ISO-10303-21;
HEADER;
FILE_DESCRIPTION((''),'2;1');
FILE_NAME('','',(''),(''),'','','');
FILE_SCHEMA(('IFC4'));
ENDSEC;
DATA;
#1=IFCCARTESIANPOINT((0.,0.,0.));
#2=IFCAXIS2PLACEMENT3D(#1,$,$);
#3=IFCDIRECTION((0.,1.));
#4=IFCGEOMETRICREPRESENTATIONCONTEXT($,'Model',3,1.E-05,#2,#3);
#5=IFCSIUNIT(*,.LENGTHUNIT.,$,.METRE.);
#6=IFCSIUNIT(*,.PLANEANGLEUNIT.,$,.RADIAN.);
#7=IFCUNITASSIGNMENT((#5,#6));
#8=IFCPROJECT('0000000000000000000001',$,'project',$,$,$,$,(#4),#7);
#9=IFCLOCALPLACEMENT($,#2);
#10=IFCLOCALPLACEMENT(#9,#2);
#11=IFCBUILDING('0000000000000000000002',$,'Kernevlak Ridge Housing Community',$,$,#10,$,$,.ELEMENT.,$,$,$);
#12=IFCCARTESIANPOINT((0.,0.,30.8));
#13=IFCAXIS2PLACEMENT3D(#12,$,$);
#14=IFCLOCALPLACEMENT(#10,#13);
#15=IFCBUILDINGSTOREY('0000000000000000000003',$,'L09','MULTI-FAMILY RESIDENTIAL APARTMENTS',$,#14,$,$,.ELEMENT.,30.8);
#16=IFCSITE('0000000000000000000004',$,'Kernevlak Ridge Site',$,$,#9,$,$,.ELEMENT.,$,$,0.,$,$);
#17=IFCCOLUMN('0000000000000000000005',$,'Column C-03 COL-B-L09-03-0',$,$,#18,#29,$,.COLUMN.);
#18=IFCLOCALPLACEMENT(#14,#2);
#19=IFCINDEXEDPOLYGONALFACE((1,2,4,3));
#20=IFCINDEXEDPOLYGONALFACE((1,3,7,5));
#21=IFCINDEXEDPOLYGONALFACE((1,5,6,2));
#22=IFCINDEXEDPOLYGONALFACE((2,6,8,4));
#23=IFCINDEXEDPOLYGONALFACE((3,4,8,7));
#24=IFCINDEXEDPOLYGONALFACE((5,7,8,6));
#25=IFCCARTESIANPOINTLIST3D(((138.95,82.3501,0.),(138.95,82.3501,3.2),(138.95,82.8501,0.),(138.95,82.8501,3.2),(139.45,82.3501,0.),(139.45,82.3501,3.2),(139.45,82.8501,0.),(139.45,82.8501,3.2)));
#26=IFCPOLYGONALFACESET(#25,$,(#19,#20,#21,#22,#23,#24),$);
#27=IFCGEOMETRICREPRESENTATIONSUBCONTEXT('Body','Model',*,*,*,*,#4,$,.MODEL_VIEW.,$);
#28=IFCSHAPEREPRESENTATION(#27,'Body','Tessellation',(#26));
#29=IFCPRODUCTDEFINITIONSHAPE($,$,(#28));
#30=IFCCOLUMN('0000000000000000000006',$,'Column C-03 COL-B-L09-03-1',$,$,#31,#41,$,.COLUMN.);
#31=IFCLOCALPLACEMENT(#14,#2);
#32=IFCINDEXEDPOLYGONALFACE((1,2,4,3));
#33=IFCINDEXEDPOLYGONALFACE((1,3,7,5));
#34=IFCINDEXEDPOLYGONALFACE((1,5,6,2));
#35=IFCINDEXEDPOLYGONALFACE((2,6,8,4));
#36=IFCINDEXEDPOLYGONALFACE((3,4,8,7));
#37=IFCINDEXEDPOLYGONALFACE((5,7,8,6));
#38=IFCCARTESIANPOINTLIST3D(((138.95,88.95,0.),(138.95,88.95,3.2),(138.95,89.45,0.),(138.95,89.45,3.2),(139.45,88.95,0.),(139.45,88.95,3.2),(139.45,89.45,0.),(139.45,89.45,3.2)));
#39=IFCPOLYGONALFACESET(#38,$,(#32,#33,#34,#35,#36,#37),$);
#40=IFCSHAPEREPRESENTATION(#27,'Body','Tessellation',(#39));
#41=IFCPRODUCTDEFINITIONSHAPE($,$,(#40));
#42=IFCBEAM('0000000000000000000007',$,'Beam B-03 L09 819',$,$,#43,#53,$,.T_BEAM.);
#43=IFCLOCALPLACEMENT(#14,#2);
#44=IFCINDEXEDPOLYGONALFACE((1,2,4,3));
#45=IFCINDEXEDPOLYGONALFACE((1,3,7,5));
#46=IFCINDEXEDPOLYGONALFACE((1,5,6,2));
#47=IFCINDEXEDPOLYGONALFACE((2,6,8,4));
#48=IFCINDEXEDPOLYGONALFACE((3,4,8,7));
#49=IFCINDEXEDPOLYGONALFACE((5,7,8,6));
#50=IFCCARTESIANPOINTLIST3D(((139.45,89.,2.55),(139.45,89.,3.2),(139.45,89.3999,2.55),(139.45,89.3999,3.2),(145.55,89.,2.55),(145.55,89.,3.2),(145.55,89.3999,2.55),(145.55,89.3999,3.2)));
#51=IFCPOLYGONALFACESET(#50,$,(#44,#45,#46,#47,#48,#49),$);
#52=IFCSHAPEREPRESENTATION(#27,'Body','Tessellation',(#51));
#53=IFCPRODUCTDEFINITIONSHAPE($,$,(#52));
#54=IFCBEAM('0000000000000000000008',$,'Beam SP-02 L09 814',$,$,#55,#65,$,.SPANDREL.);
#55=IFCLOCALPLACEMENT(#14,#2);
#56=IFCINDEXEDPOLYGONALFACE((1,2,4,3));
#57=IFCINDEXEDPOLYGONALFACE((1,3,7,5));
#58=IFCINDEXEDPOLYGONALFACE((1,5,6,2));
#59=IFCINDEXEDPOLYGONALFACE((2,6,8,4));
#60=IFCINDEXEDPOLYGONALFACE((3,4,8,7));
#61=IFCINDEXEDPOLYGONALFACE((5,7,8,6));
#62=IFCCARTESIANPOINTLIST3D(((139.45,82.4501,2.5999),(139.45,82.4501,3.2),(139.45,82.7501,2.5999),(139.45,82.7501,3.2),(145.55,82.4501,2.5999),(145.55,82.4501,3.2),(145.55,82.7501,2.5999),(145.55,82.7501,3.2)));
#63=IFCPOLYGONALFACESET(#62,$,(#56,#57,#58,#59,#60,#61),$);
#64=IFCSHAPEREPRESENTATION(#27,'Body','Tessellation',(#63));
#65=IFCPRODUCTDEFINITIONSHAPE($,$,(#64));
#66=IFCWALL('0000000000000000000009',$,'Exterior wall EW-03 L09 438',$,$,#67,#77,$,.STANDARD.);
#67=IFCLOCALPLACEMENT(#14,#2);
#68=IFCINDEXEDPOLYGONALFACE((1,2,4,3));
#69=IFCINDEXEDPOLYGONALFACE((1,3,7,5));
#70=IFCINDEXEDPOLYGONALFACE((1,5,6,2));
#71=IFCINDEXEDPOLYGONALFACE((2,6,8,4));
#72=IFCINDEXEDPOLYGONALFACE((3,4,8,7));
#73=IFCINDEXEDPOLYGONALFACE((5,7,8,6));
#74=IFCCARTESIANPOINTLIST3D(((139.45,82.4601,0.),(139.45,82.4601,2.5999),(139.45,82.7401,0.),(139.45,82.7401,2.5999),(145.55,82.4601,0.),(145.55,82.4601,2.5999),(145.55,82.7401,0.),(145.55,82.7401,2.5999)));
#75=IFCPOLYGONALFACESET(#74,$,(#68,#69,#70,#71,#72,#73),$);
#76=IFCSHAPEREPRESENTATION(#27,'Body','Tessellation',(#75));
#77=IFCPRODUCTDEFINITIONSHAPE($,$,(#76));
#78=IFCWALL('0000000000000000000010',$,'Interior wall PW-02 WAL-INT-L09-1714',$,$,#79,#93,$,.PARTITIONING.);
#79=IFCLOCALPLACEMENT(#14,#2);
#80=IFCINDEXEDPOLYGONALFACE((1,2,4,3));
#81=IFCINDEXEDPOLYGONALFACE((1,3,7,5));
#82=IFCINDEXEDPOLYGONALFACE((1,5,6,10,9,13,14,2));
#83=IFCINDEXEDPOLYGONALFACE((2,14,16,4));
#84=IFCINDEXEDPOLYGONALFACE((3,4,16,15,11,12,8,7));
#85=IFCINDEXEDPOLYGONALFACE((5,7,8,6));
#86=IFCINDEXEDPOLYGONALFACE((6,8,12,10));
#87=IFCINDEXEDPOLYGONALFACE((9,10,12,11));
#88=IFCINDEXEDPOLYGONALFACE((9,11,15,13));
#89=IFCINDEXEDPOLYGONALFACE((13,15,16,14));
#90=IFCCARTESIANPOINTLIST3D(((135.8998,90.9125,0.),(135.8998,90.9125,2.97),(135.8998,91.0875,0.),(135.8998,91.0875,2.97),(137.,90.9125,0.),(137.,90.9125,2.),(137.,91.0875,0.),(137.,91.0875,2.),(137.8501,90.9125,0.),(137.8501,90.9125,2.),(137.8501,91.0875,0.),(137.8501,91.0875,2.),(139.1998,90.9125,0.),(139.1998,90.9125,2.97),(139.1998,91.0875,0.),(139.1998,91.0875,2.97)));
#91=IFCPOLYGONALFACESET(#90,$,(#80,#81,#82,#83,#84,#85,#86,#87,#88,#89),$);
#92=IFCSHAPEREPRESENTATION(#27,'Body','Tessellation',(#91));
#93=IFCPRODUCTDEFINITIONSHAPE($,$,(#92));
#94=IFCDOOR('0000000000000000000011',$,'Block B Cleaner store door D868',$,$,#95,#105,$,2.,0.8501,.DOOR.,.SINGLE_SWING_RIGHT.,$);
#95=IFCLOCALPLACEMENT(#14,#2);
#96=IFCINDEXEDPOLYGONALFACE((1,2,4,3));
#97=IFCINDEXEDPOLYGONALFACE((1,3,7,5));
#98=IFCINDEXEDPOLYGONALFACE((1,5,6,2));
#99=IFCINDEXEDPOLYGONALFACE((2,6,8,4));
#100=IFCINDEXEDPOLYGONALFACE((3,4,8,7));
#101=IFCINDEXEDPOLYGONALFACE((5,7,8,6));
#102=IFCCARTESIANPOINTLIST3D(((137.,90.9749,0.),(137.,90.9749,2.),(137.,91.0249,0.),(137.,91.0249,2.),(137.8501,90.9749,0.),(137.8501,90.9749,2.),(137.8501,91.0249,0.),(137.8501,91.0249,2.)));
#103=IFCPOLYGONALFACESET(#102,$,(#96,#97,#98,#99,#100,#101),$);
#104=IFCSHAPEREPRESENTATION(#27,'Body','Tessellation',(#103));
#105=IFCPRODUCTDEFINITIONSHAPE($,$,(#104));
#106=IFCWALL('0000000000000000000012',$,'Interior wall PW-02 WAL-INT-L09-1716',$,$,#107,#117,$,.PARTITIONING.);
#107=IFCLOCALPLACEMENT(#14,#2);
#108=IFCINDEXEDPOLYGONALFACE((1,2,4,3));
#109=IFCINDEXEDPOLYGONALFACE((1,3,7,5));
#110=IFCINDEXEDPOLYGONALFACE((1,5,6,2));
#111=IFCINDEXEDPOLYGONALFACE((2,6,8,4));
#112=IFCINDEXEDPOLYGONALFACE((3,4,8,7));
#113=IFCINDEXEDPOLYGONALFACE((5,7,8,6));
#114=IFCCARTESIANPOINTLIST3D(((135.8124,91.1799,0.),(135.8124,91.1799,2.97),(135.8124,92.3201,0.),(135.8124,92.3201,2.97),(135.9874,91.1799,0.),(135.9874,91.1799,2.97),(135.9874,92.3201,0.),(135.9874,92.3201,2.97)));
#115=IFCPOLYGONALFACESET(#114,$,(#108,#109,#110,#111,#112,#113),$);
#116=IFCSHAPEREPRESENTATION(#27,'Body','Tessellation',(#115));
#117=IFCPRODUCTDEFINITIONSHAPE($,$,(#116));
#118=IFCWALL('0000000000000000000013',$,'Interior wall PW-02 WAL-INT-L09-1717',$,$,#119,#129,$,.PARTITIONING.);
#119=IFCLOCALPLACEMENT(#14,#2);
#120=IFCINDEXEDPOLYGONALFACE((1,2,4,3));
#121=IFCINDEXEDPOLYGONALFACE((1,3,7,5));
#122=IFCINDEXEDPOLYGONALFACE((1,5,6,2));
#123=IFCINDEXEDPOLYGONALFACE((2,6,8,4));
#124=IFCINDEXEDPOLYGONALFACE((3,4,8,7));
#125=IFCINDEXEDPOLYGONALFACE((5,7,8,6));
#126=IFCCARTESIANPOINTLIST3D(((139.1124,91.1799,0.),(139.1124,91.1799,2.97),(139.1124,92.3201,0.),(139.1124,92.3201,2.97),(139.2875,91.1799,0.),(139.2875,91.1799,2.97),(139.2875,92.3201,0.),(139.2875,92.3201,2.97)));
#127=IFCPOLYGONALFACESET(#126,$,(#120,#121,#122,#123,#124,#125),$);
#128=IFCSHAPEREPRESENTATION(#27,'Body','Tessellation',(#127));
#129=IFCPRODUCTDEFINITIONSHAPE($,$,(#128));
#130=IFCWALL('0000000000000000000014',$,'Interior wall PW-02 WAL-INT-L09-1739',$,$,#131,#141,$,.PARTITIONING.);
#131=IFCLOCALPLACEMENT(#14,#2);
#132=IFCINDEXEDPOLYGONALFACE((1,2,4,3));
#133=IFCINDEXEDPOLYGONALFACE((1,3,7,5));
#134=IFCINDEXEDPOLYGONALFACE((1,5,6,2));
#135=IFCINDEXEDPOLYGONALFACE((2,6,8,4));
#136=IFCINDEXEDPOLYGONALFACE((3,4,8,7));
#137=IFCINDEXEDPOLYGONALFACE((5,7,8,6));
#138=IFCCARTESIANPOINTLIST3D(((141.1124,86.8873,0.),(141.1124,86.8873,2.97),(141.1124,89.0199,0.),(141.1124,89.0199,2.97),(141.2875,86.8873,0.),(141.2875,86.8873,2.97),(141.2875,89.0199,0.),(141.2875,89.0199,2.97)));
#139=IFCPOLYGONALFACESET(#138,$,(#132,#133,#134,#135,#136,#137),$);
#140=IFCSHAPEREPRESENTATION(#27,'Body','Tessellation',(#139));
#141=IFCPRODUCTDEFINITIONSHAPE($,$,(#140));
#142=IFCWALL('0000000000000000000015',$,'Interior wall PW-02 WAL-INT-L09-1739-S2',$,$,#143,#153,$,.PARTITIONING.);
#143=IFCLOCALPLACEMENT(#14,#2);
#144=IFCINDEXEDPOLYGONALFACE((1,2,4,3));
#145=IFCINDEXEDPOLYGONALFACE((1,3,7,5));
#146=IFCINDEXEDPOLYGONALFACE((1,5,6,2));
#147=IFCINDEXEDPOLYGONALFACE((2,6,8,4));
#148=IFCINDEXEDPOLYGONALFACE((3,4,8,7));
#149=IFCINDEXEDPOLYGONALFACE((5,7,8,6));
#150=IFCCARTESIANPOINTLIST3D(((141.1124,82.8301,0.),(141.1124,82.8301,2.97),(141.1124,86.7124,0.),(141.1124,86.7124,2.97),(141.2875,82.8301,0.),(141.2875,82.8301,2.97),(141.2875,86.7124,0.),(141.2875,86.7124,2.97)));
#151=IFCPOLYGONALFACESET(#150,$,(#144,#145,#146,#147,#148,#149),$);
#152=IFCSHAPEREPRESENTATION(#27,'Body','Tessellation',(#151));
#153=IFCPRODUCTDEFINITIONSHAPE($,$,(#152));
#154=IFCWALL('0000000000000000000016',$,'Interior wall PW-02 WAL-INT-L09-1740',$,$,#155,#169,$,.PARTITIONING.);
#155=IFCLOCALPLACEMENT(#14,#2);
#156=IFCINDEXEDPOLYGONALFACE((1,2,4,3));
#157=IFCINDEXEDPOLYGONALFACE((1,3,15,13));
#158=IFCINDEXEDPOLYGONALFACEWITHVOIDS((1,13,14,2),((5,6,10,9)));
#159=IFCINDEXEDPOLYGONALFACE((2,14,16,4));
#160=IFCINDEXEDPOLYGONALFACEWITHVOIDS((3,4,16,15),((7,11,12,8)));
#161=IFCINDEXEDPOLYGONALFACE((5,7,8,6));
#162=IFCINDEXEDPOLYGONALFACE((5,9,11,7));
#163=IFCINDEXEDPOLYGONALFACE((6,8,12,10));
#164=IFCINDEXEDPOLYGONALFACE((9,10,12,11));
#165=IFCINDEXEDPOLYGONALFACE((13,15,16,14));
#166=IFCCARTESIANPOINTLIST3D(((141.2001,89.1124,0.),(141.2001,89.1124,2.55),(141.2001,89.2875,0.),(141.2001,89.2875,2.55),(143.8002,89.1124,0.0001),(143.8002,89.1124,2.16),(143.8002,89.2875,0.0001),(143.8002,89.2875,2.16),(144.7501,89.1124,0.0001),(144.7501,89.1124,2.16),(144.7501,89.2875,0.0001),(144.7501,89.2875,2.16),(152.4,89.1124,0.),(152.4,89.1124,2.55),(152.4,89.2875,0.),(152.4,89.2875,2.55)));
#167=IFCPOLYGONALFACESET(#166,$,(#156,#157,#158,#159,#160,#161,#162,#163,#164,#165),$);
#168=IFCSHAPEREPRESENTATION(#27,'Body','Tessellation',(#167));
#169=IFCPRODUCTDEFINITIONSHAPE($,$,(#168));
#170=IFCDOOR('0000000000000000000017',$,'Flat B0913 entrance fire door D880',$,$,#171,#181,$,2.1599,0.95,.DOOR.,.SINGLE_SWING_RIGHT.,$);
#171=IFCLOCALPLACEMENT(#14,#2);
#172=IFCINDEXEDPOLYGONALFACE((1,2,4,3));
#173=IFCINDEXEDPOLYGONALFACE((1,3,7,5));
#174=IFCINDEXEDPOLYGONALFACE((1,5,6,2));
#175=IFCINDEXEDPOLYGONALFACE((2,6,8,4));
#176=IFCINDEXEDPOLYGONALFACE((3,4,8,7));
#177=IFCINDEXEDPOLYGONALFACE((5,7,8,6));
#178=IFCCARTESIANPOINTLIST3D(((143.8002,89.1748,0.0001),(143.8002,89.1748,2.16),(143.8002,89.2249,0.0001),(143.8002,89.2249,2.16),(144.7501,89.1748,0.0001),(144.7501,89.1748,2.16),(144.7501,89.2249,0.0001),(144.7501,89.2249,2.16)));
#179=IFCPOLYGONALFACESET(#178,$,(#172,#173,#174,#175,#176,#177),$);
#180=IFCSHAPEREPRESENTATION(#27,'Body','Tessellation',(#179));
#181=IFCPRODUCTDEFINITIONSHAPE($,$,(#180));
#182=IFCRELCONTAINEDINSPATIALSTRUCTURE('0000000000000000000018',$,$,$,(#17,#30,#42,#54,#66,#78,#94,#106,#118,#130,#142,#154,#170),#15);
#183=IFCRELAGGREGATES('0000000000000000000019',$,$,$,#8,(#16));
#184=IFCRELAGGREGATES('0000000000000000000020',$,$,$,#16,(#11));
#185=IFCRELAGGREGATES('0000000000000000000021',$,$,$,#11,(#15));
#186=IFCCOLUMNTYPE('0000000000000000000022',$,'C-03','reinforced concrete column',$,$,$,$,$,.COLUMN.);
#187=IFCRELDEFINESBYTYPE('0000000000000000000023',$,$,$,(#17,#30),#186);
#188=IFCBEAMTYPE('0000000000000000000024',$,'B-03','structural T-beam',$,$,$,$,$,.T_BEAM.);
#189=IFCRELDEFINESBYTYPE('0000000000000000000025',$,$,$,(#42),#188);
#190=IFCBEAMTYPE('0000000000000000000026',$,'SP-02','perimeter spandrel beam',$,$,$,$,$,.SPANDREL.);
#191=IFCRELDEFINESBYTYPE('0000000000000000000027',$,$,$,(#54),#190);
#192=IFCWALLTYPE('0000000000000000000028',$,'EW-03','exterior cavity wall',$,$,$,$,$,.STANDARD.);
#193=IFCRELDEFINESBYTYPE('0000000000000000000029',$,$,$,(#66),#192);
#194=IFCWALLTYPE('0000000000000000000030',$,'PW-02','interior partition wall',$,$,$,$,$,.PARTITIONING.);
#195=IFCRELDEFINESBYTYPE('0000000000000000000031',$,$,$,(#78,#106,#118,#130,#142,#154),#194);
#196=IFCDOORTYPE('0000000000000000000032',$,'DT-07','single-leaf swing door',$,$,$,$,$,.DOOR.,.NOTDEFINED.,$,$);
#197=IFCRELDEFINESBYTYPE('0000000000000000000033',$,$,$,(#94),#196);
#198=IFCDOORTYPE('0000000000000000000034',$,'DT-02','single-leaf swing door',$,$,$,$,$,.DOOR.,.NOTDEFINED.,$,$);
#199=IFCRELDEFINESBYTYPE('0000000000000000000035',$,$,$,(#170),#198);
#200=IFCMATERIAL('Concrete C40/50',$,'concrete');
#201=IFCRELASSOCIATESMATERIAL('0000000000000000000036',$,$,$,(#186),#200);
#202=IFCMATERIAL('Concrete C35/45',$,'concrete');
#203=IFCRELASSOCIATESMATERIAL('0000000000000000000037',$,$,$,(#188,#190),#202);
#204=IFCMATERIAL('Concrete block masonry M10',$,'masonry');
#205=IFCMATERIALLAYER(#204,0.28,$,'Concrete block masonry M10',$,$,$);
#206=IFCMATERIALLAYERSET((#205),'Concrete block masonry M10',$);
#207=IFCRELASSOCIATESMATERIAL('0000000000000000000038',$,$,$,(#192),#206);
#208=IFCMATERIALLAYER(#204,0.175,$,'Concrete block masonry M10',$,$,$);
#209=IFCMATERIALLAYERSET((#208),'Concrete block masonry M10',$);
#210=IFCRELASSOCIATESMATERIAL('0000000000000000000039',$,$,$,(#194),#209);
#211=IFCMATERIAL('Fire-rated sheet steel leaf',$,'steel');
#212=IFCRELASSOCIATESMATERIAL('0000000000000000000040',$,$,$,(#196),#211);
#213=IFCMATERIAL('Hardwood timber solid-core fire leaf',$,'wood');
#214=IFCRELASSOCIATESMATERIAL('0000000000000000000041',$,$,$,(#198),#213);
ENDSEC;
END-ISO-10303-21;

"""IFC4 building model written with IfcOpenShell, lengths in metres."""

from ifc_helpers import new_model, si_unit, direction, frame, frame_2d, origin, origin_2d, place, context, subcontext, project, spatial, rectangle, extrude, material, layer, layer_set, material_profile, profile_set, type_object, element, fill, save


model = new_model("IFC4")

# Units and contexts
model_context = context("Model", 3, precision=1e-05, world=origin(), true_north=direction((0.0, 1.0)))
body_context = subcontext(model_context, "Body", "Model", "MODEL_VIEW")
ifc_project = project(units=[si_unit("LENGTHUNIT", "METRE"), si_unit("PLANEANGLEUNIT", "RADIAN")], contexts=[model_context])

# Site, building, storey
site_placement = place(None, origin())
site = spatial("IfcSite", under=ifc_project, at=site_placement, Name="Kernevlak Ridge Site", CompositionType="ELEMENT", RefElevation=0.0)
building_placement = place(site_placement, origin())
building = spatial("IfcBuilding", under=site, at=building_placement, Name="Kernevlak Ridge Housing Community", CompositionType="ELEMENT")
storey_placement = place(building_placement, frame((0.0, 0.0, 30.8)))
storey = spatial("IfcBuildingStorey", under=building, at=storey_placement, Name="L09", Description="MULTI-FAMILY RESIDENTIAL APARTMENTS", CompositionType="ELEMENT", Elevation=30.8)

# Columns
ifc_material_1 = material(Name="Concrete C40/50", Category="concrete")
ifc_material_profile_1 = material_profile(ifc_material_1, rectangle(XDim=0.5, YDim=0.5, at=origin_2d()), Name="RC 500x500")
ifc_profile_set_1 = profile_set([ifc_material_profile_1], Name="Concrete C40/50")
column_type = type_object("IfcColumnType", Name="C-03", Description="reinforced concrete column", PredefinedType="COLUMN", material=ifc_profile_set_1)
for number, where, z_axis, x_axis, name in (
    (1, (139.2, 82.6001, 0.0), (0.0, 0.0, 1.0), (1.0, 0.0, 0.0), "Column C-03 COL-B-L09-03-0"),
    (2, (139.2, 89.2, 0.0), (0.0, 0.0, 1.0), (1.0, 0.0, 0.0), "Column C-03 COL-B-L09-03-1"),
):
    element("IfcColumn", number, at=place(storey_placement, frame(where, z_axis=z_axis, x_axis=x_axis)), inside=storey, type_object=column_type, Name=name, PredefinedType="COLUMN", context=body_context, shape_type="SweptSolid", body=[
        extrude(rectangle(XDim=0.5, YDim=0.5, at=origin_2d()), origin(), (0.0, 0.0, 1.0), 3.2),
    ])

# Beams
ifc_material_2 = material(Name="Concrete C35/45", Category="concrete")
ifc_material_profile_2 = material_profile(ifc_material_2, rectangle(XDim=0.3999, YDim=0.6499, at=origin_2d()), Name="RC 400x650")
ifc_profile_set_2 = profile_set([ifc_material_profile_2], Name="Concrete C35/45")
beam_type_1 = type_object("IfcBeamType", Name="B-03", Description="structural T-beam", PredefinedType="T_BEAM", material=ifc_profile_set_2)
beam_1_placement = place(storey_placement, frame((139.45, 89.2, 2.875), z_axis=(1.0, 0.0, 0.0), x_axis=(0.0, 1.0, 0.0)))
element("IfcBeam", 3, at=beam_1_placement, inside=storey, type_object=beam_type_1, Name="Beam B-03 L09 819", PredefinedType="T_BEAM", context=body_context, shape_type="SweptSolid", body=[
    extrude(rectangle(XDim=0.3999, YDim=0.6499, at=origin_2d()), origin(), (0.0, 0.0, 1.0), 6.1001),
])
ifc_material_profile_3 = material_profile(ifc_material_2, rectangle(XDim=0.3, YDim=0.6001, at=origin_2d()), Name="RC 300x600")
ifc_profile_set_3 = profile_set([ifc_material_profile_3], Name="Concrete C35/45")
beam_type_2 = type_object("IfcBeamType", Name="SP-02", Description="perimeter spandrel beam", PredefinedType="SPANDREL", material=ifc_profile_set_3)
beam_2_placement = place(storey_placement, frame((139.45, 82.6001, 2.8999), z_axis=(1.0, 0.0, 0.0), x_axis=(0.0, 1.0, 0.0)))
element("IfcBeam", 4, at=beam_2_placement, inside=storey, type_object=beam_type_2, Name="Beam SP-02 L09 814", PredefinedType="SPANDREL", context=body_context, shape_type="SweptSolid", body=[
    extrude(rectangle(XDim=0.3, YDim=0.6001, at=origin_2d()), origin(), (0.0, 0.0, 1.0), 6.1001),
])

# Wall
ifc_material_3 = material(Name="Concrete block masonry M10", Category="masonry")
ifc_layer_1 = layer(ifc_material_3, 0.28, Name="Concrete block masonry M10")
ifc_layer_set_1 = layer_set([ifc_layer_1], Name="Concrete block masonry M10")
wall_type_1 = type_object("IfcWallType", Name="EW-03", Description="exterior cavity wall", PredefinedType="STANDARD", material=ifc_layer_set_1)
wall_1_placement = place(storey_placement, frame((139.45, 82.6001, 0.0), z_axis=(0.0, 0.0, 1.0), x_axis=(1.0, 0.0, 0.0)))
element("IfcWall", 5, at=wall_1_placement, inside=storey, type_object=wall_type_1, Name="Exterior wall EW-03 L09 438", PredefinedType="STANDARD", context=body_context, shape_type="SweptSolid", body=[
    extrude(rectangle(XDim=6.1001, YDim=0.28, at=frame_2d((3.05, 0.0))), origin(), (0.0, 0.0, 1.0), 2.5999),
])

# Wall, opening, door
ifc_layer_2 = layer(ifc_material_3, 0.175, Name="Concrete block masonry M10")
ifc_layer_set_2 = layer_set([ifc_layer_2], Name="Concrete block masonry M10")
wall_type_2 = type_object("IfcWallType", Name="PW-02", Description="interior partition wall", PredefinedType="PARTITIONING", material=ifc_layer_set_2)
wall_2_placement = place(storey_placement, frame((135.8999, 91.0, 0.0), z_axis=(0.0, 0.0, 1.0), x_axis=(1.0, 0.0, 0.0)))
wall_2 = element("IfcWall", 6, at=wall_2_placement, inside=storey, type_object=wall_type_2, Name="Interior wall PW-02 WAL-INT-L09-1714", PredefinedType="PARTITIONING", context=body_context, shape_type="SweptSolid", body=[
    extrude(rectangle(XDim=3.3, YDim=0.175, at=frame_2d((1.6499, 0.0))), origin(), (0.0, 0.0, 1.0), 2.97),
])
opening_1_placement = place(wall_2_placement, frame((1.1001, 0.0, 0.0)))
opening_1 = element("IfcOpeningElement", 7, at=opening_1_placement, cuts=wall_2, PredefinedType="OPENING", context=body_context, shape_type="SweptSolid", body=[
    extrude(rectangle(XDim=0.8501, YDim=2.0, at=frame_2d((0.425, 1.0))), frame((0.0, 0.0974, 0.0), z_axis=(0.0, -1.0, 0.0), x_axis=(1.0, 0.0, 0.0)), (0.0, 0.0, 1.0), 0.1951),
])
ifc_material_4 = material(Name="Fire-rated sheet steel leaf", Category="steel")
door_type_1 = type_object("IfcDoorType", Name="DT-07", Description="single-leaf swing door", OperationType="NOTDEFINED", PredefinedType="DOOR", material=ifc_material_4)
door_1_placement = place(opening_1_placement, origin())
door_1 = element("IfcDoor", 8, at=door_1_placement, inside=storey, type_object=door_type_1, Name="Block B Cleaner store door D868", OperationType="SINGLE_SWING_RIGHT", OverallHeight=2.0, OverallWidth=0.8501, PredefinedType="DOOR", context=body_context, shape_type="SweptSolid", body=[
    extrude(rectangle(XDim=0.8501, YDim=2.0, at=frame_2d((0.425, 1.0))), frame((0.0, 0.0249, 0.0), z_axis=(0.0, -1.0, 0.0), x_axis=(1.0, 0.0, 0.0)), (0.0, 0.0, 1.0), 0.05),
])
fill(opening_1, door_1)

# Walls
for number, where, z_axis, x_axis, name in (
    (9, (135.8999, 91.1799, 0.0), (0.0, 0.0, 1.0), (0.0, 1.0, 0.0), "Interior wall PW-02 WAL-INT-L09-1716"),
    (10, (139.2, 91.1799, 0.0), (0.0, 0.0, 1.0), (0.0, 1.0, 0.0), "Interior wall PW-02 WAL-INT-L09-1717"),
):
    element("IfcWall", number, at=place(storey_placement, frame(where, z_axis=z_axis, x_axis=x_axis)), inside=storey, type_object=wall_type_2, Name=name, PredefinedType="PARTITIONING", context=body_context, shape_type="SweptSolid", body=[
        extrude(rectangle(XDim=1.1401, YDim=0.175, at=frame_2d((0.5701, 0.0))), origin(), (0.0, 0.0, 1.0), 2.97),
    ])
wall_3_placement = place(storey_placement, frame((141.2, 89.02, 0.0), z_axis=(0.0, 0.0, 1.0), x_axis=(0.0, -1.0, 0.0)))
element("IfcWall", 11, at=wall_3_placement, inside=storey, type_object=wall_type_2, Name="Interior wall PW-02 WAL-INT-L09-1739", PredefinedType="PARTITIONING", context=body_context, shape_type="SweptSolid", body=[
    extrude(rectangle(XDim=2.1326, YDim=0.175, at=frame_2d((1.0664, 0.0))), origin(), (0.0, 0.0, 1.0), 2.97),
])
wall_4_placement = place(storey_placement, frame((141.2, 86.7124, 0.0), z_axis=(0.0, 0.0, 1.0), x_axis=(0.0, -1.0, 0.0)))
element("IfcWall", 12, at=wall_4_placement, inside=storey, type_object=wall_type_2, Name="Interior wall PW-02 WAL-INT-L09-1739-S2", PredefinedType="PARTITIONING", context=body_context, shape_type="SweptSolid", body=[
    extrude(rectangle(XDim=3.8823, YDim=0.175, at=frame_2d((1.9412, 0.0))), origin(), (0.0, 0.0, 1.0), 2.97),
])

# Wall, opening, door
wall_5_placement = place(storey_placement, frame((141.2, 89.2, 0.0), z_axis=(0.0, 0.0, 1.0), x_axis=(1.0, 0.0, 0.0)))
wall_5 = element("IfcWall", 13, at=wall_5_placement, inside=storey, type_object=wall_type_2, Name="Interior wall PW-02 WAL-INT-L09-1740", PredefinedType="PARTITIONING", context=body_context, shape_type="SweptSolid", body=[
    extrude(rectangle(XDim=11.2, YDim=0.175, at=frame_2d((5.6001, 0.0))), origin(), (0.0, 0.0, 1.0), 2.55),
])
opening_2_placement = place(wall_5_placement, frame((2.6001, 0.0, 0.0)))
opening_2 = element("IfcOpeningElement", 14, at=opening_2_placement, cuts=wall_5, PredefinedType="OPENING", context=body_context, shape_type="SweptSolid", body=[
    extrude(rectangle(XDim=0.95, YDim=2.1599, at=frame_2d((0.4751, 1.0801))), frame((0.0, 0.0974, 0.0), z_axis=(0.0, -1.0, 0.0), x_axis=(1.0, 0.0, 0.0)), (0.0, 0.0, 1.0), 0.1951),
])
ifc_material_5 = material(Name="Hardwood timber solid-core fire leaf", Category="wood")
door_type_2 = type_object("IfcDoorType", Name="DT-02", Description="single-leaf swing door", OperationType="NOTDEFINED", PredefinedType="DOOR", material=ifc_material_5)
door_2_placement = place(opening_2_placement, origin())
door_2 = element("IfcDoor", 15, at=door_2_placement, inside=storey, type_object=door_type_2, Name="Flat B0913 entrance fire door D880", OperationType="SINGLE_SWING_RIGHT", OverallHeight=2.1599, OverallWidth=0.95, PredefinedType="DOOR", context=body_context, shape_type="SweptSolid", body=[
    extrude(rectangle(XDim=0.95, YDim=2.1599, at=frame_2d((0.4751, 1.0801))), frame((0.0, 0.0249, 0.0), z_axis=(0.0, -1.0, 0.0), x_axis=(1.0, 0.0, 0.0)), (0.0, 0.0, 1.0), 0.05),
])
fill(opening_2, door_2)

save(model, "model.ifc")
